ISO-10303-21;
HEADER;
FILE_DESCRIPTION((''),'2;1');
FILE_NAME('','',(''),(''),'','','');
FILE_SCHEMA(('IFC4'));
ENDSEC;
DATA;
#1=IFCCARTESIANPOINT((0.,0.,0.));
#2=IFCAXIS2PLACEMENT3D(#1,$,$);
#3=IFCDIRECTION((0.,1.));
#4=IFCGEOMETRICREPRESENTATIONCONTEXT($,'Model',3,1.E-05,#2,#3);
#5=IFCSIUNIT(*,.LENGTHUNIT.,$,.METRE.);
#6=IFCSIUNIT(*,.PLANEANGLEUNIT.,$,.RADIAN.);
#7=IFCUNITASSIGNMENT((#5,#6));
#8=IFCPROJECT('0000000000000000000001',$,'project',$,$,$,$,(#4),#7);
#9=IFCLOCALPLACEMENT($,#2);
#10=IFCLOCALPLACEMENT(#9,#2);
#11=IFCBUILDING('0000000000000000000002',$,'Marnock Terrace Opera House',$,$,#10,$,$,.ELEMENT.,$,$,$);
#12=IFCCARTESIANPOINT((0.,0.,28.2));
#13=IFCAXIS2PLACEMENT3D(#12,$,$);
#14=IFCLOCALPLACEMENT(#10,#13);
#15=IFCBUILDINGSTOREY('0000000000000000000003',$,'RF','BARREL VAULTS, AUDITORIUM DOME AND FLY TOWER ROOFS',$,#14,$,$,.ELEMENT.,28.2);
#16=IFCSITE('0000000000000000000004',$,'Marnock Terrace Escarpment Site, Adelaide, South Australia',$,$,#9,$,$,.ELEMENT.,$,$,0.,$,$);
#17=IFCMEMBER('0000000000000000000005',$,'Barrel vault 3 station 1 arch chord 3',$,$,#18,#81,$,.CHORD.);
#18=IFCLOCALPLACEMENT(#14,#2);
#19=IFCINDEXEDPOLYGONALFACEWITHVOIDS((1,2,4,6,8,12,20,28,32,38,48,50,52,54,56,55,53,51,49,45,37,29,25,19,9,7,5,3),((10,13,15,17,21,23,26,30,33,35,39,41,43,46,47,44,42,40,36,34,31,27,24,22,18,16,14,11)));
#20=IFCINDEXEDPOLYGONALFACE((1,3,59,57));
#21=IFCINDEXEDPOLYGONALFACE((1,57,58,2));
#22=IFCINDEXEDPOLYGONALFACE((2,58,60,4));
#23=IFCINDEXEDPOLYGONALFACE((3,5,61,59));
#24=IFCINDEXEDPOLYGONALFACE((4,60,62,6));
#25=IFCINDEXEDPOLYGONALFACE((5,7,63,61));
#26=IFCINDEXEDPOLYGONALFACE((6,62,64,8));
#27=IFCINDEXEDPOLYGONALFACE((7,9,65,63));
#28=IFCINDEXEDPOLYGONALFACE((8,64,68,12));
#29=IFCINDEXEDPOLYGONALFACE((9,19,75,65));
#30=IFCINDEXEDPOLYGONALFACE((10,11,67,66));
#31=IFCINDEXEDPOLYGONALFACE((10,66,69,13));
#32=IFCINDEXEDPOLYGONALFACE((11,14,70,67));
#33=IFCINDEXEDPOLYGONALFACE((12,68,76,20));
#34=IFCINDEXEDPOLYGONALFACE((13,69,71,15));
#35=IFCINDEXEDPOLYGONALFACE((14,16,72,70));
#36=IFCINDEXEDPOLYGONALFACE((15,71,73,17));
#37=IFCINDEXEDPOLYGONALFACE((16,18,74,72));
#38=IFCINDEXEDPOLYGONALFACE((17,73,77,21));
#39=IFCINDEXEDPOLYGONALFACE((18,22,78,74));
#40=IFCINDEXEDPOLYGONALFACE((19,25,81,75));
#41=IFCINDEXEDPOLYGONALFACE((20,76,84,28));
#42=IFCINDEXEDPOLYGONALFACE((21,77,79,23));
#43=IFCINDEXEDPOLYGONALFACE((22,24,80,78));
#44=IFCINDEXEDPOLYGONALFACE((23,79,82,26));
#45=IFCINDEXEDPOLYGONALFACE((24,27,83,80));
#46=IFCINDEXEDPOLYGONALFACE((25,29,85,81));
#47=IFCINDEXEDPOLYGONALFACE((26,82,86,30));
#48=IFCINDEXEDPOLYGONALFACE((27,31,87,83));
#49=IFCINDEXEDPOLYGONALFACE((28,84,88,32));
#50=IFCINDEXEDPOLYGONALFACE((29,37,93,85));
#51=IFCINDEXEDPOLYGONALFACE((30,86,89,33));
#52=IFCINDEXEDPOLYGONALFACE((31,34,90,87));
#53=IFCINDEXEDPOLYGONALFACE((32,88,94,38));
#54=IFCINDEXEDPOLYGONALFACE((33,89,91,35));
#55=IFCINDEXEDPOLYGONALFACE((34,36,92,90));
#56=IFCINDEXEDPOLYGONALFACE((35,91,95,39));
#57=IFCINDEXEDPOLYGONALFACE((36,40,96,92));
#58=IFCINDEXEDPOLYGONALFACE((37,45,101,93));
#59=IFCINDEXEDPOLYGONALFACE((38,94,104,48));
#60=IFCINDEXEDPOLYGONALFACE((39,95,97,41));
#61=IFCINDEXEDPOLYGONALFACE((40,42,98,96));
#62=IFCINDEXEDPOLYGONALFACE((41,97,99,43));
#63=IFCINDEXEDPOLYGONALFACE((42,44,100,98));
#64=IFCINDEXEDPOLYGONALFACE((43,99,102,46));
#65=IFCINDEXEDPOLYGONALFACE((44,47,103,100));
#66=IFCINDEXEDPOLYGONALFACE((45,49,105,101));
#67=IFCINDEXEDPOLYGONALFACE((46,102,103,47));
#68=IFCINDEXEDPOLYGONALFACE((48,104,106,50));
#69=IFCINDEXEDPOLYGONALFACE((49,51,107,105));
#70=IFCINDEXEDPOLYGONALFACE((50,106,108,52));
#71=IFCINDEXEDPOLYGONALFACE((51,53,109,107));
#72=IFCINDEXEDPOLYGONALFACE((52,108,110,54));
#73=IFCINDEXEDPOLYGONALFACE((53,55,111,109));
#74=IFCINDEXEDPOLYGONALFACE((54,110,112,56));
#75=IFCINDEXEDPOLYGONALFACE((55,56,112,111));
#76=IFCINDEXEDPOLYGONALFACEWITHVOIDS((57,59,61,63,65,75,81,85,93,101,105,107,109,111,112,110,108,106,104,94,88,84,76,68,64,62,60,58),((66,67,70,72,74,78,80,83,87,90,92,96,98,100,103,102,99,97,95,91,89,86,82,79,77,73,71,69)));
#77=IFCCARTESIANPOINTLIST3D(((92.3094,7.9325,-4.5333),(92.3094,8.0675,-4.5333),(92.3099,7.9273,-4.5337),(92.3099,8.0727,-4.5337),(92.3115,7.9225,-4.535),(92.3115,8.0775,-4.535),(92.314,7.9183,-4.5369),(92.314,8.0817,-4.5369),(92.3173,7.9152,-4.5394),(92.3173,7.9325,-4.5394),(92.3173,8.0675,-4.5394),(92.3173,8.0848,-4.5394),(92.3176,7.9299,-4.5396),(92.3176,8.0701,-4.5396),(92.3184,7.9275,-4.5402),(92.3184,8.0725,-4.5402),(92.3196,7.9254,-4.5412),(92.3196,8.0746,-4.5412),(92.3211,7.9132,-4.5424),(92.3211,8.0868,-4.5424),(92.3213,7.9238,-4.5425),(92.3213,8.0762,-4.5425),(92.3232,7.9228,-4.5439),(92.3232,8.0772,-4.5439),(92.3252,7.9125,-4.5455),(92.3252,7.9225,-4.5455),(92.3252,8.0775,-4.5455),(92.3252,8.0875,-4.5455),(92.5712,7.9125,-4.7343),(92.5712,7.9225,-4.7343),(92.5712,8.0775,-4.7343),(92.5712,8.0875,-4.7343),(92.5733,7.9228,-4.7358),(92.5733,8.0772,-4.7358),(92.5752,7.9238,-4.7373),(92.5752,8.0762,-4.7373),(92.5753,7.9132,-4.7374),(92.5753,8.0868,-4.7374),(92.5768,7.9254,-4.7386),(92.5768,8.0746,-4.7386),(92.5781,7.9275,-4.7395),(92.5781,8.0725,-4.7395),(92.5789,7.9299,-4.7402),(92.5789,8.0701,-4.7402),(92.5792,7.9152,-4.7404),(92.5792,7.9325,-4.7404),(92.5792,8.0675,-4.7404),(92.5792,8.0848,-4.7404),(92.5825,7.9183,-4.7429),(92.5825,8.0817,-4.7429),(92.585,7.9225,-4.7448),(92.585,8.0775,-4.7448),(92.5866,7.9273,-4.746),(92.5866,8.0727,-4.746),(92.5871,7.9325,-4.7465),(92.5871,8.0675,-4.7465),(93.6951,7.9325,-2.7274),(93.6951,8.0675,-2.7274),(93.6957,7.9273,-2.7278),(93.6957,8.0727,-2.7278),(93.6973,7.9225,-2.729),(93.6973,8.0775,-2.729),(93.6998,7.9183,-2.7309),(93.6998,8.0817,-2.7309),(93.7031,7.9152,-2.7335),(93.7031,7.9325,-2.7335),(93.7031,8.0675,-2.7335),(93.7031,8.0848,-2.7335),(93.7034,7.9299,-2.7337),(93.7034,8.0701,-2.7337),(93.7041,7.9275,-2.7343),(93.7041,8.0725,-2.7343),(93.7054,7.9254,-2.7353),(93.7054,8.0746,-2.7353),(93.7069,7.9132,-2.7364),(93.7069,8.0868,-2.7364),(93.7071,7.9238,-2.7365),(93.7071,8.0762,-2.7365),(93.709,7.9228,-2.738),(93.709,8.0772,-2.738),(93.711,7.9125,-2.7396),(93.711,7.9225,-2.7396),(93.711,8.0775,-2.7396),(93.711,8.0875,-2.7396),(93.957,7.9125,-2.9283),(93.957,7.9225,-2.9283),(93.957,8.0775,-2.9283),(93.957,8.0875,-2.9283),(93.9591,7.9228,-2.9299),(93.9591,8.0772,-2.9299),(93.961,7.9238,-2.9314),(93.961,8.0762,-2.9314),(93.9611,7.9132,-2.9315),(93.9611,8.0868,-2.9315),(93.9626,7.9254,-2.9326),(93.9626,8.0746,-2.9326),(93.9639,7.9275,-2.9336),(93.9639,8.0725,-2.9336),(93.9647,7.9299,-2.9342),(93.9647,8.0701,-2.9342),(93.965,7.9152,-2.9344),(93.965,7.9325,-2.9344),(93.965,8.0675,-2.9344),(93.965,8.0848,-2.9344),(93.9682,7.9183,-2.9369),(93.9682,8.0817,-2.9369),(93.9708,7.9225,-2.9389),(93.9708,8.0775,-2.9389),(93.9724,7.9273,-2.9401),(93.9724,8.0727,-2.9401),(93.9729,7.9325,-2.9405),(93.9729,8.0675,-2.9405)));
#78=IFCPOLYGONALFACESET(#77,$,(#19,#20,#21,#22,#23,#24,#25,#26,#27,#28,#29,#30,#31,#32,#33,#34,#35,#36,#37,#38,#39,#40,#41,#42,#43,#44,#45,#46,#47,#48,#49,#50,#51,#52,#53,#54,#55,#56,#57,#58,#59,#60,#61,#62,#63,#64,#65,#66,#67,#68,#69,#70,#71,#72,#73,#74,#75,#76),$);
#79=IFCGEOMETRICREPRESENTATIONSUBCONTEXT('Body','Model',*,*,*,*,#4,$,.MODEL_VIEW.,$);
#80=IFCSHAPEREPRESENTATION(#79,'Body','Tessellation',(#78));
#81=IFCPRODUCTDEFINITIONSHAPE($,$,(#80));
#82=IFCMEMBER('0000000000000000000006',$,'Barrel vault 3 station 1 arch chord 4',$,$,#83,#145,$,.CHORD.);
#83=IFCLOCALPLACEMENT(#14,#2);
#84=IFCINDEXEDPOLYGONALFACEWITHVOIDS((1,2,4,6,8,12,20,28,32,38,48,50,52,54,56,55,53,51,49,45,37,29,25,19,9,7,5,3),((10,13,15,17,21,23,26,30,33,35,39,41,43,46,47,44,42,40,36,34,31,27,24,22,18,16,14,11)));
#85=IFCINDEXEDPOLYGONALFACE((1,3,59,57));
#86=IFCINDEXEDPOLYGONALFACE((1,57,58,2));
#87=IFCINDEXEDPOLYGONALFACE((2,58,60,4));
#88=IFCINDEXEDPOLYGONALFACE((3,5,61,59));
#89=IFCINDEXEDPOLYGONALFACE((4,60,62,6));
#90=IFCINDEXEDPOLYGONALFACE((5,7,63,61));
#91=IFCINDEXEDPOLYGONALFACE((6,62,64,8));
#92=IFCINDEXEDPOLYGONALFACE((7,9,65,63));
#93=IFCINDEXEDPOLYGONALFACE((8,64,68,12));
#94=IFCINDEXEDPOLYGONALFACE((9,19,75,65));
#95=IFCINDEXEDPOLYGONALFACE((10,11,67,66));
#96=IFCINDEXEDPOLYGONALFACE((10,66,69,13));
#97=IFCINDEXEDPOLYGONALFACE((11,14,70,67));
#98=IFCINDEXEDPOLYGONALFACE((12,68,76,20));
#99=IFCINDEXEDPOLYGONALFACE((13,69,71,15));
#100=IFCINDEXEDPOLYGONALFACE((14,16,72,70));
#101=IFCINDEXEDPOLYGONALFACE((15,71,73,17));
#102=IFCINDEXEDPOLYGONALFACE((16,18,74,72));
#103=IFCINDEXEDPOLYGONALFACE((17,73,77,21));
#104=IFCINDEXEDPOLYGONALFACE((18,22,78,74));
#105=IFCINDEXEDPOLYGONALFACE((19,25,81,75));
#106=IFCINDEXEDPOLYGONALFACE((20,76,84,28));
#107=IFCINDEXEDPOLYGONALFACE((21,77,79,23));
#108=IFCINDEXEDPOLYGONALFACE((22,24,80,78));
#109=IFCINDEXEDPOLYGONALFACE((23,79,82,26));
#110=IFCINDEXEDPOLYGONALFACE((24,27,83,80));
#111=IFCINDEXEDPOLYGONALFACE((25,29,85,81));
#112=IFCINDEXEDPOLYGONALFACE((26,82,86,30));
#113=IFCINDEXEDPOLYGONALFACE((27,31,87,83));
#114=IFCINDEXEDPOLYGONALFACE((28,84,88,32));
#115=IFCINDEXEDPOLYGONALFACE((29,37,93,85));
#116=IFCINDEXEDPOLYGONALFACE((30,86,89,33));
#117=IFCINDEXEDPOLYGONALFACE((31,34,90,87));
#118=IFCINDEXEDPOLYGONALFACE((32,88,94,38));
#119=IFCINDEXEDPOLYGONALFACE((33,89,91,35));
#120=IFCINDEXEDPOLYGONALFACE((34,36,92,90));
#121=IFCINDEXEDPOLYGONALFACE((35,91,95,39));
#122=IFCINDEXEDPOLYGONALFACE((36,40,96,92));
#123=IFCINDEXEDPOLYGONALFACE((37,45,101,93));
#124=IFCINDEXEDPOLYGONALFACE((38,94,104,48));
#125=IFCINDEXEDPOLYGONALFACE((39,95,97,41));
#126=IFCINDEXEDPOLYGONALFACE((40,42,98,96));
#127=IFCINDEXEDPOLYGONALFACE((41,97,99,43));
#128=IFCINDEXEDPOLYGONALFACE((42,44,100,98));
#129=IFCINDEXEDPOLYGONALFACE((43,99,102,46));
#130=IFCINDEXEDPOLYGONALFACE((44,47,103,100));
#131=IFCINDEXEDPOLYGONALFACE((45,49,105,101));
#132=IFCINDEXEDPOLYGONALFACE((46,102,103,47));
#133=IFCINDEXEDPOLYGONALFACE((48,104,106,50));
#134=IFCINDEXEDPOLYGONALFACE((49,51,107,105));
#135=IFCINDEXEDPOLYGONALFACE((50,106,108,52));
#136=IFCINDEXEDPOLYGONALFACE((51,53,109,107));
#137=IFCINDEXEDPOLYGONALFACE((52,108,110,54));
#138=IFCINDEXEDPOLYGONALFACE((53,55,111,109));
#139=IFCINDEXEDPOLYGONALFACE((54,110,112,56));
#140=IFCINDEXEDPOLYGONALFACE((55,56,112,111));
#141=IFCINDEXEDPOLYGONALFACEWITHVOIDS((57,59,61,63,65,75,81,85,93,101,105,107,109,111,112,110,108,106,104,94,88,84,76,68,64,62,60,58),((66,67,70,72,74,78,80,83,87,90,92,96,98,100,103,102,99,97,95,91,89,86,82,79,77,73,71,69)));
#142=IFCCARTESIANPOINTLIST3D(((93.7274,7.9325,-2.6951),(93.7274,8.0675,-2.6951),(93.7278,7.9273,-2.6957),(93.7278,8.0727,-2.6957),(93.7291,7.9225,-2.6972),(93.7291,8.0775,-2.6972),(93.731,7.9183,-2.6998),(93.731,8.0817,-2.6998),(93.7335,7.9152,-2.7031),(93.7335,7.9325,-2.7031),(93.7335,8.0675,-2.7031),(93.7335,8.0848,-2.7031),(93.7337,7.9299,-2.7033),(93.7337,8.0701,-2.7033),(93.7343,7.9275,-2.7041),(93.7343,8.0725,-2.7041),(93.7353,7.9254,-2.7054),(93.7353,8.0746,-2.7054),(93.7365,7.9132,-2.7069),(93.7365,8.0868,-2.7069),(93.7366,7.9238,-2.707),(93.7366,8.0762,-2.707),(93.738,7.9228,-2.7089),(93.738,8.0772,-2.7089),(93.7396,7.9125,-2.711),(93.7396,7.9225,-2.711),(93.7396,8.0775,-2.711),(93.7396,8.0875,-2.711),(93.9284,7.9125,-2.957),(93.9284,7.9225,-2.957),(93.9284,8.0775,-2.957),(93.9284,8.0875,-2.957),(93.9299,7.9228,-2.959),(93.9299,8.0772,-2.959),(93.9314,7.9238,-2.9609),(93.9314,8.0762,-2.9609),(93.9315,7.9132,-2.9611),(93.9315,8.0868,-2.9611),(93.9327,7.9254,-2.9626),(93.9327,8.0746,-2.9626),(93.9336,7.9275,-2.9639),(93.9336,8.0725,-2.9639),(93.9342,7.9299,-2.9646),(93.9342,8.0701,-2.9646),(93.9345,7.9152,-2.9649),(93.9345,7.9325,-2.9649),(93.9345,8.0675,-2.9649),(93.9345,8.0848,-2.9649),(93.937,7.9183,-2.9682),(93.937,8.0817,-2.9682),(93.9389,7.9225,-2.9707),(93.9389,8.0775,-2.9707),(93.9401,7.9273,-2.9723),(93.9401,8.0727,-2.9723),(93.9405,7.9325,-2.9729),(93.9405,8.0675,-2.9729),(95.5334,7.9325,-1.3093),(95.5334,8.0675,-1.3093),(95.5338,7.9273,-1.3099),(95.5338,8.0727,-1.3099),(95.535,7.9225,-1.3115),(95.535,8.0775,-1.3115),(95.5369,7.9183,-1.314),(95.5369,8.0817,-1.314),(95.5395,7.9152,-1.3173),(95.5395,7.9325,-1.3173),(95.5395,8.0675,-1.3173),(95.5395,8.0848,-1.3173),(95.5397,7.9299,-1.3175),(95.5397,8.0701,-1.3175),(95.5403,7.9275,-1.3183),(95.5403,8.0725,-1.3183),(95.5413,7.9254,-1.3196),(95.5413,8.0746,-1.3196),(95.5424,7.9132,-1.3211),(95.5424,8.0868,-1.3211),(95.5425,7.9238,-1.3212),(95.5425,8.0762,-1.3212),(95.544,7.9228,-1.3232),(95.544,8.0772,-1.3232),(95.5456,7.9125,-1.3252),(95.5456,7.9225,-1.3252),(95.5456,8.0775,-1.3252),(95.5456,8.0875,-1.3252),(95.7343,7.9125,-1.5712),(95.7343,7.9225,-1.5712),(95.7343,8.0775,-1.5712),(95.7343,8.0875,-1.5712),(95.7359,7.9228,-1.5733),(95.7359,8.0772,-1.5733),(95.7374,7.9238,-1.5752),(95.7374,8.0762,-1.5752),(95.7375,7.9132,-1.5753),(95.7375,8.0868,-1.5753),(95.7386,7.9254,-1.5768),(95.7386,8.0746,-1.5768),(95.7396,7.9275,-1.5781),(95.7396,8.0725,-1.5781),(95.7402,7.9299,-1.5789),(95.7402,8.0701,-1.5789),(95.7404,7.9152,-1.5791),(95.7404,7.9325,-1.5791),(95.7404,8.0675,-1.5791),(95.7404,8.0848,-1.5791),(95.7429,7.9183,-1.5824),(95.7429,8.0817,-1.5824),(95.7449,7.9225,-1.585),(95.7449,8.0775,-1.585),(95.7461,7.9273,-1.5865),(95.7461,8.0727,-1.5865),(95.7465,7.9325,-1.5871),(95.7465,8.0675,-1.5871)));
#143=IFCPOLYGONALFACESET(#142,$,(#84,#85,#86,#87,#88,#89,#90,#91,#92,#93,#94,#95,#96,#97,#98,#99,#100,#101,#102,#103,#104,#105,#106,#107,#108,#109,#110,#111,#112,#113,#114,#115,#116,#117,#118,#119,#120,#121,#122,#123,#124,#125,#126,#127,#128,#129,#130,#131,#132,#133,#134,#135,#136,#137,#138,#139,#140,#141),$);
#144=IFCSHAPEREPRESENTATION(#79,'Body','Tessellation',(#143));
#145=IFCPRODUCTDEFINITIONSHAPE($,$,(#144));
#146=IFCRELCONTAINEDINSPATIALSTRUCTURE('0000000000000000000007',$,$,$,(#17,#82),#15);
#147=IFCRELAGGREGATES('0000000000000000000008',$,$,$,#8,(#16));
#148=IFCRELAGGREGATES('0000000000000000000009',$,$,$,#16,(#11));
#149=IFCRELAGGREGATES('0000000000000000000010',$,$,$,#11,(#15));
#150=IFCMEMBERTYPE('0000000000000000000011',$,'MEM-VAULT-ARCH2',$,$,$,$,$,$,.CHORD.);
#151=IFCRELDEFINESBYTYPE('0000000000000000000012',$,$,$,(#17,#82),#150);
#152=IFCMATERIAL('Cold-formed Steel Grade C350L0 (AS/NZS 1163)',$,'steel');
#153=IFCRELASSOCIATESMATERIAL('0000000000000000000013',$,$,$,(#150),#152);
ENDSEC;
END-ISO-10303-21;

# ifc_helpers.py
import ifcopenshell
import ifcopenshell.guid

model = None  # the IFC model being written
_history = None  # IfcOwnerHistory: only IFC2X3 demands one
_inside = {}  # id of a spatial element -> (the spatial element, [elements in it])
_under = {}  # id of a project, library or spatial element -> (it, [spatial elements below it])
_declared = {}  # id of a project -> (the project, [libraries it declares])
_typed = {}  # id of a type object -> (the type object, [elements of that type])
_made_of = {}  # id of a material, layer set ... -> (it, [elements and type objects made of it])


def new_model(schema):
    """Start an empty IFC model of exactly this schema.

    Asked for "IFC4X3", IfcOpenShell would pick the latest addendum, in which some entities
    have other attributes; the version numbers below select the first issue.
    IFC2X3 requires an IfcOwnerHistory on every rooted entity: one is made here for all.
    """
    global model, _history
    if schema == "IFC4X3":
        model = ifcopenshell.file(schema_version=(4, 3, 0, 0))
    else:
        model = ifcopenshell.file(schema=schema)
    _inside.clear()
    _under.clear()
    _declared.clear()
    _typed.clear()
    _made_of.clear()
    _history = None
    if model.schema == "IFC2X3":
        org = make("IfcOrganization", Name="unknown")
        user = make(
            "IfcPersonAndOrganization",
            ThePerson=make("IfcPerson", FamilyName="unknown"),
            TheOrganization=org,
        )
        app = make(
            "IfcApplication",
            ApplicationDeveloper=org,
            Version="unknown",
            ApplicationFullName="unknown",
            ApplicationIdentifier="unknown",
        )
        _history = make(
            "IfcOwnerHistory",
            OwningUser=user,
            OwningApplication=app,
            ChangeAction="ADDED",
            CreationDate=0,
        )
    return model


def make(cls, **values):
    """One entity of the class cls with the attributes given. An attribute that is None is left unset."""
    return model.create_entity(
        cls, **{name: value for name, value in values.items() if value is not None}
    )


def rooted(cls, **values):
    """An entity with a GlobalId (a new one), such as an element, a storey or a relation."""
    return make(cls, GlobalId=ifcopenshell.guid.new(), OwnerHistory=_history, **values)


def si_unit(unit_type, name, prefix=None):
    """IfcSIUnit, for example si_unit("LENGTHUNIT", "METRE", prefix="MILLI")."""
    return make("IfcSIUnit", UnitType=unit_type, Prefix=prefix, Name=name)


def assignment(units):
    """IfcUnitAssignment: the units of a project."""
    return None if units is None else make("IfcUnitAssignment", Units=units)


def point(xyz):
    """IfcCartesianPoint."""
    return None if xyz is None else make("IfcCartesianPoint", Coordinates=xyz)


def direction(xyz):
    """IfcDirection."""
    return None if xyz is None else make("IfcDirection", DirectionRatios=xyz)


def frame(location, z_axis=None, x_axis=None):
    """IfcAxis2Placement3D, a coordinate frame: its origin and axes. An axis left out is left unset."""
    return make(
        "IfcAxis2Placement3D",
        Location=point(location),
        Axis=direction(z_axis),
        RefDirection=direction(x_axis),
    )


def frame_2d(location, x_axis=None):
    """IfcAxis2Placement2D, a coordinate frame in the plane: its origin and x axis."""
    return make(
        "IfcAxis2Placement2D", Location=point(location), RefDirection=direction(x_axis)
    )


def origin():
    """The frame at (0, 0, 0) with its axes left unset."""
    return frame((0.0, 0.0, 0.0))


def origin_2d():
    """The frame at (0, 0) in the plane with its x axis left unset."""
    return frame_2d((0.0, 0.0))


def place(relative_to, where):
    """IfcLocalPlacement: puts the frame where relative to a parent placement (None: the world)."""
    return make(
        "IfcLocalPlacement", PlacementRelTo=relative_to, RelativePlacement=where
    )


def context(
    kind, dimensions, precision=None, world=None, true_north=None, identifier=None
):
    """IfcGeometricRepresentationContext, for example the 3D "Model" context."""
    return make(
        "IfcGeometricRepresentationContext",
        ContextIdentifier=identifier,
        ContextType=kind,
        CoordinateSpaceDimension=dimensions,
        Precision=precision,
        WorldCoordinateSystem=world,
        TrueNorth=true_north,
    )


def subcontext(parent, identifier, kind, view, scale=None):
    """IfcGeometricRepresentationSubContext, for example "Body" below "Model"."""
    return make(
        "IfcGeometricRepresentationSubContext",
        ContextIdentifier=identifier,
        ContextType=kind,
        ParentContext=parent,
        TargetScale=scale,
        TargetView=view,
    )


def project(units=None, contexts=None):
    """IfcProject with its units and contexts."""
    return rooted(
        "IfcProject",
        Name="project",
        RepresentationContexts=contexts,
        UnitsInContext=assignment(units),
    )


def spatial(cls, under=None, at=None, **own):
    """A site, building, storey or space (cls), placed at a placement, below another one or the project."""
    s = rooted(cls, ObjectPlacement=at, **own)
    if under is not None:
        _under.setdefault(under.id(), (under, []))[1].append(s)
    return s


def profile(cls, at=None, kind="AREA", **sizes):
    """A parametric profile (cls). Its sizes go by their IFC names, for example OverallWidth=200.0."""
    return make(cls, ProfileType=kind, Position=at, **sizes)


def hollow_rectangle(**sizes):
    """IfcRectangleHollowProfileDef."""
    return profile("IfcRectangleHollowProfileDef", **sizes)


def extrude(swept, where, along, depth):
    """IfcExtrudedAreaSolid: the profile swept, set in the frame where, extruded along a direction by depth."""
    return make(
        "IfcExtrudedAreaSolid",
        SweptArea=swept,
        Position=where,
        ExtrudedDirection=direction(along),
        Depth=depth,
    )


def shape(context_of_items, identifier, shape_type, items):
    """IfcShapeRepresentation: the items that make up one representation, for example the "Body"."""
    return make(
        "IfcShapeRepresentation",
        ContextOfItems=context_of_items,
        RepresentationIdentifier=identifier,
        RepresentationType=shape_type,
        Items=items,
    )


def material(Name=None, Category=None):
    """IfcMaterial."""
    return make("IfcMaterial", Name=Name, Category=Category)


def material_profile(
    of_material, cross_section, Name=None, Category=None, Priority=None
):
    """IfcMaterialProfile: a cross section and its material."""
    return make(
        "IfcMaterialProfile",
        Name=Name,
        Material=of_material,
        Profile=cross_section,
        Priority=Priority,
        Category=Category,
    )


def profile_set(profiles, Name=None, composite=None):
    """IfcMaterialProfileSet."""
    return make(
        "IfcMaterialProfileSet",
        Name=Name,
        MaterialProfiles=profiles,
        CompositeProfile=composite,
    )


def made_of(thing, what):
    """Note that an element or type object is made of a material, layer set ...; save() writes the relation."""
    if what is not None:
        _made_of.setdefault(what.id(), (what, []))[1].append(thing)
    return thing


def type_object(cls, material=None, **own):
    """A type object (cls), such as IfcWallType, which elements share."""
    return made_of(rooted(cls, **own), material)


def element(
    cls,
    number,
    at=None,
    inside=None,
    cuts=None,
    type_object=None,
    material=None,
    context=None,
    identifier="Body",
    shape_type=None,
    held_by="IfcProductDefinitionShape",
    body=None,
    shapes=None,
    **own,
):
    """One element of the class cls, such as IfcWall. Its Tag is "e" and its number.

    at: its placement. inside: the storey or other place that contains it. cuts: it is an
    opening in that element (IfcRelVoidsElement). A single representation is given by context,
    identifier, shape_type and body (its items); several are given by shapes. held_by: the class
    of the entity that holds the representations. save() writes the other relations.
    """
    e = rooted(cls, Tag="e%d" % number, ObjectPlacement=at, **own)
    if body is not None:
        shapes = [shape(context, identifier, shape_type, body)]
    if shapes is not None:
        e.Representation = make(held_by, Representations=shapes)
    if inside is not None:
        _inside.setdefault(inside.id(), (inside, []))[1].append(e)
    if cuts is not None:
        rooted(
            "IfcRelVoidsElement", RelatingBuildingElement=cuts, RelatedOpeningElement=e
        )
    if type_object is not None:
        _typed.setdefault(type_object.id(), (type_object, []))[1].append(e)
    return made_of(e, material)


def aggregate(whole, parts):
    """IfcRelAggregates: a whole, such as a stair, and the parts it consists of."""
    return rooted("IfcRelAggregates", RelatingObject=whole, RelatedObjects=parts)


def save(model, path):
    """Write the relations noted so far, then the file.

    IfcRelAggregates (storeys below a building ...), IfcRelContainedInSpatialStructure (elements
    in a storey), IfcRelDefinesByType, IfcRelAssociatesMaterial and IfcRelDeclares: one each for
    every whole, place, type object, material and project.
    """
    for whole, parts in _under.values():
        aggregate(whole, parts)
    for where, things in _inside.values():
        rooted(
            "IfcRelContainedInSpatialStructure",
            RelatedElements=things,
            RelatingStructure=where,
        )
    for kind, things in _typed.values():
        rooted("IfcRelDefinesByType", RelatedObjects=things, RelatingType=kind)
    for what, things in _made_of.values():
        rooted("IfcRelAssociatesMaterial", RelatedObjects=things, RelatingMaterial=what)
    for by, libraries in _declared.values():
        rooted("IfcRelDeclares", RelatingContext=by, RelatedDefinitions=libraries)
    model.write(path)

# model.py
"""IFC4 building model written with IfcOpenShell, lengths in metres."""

from ifc_helpers import new_model, si_unit, direction, frame, origin, origin_2d, place, context, subcontext, project, spatial, hollow_rectangle, extrude, material, material_profile, profile_set, type_object, element, save


model = new_model("IFC4")

# Units and contexts
model_context = context("Model", 3, precision=1e-05, world=origin(), true_north=direction((0.0, 1.0)))
body_context = subcontext(model_context, "Body", "Model", "MODEL_VIEW")
ifc_project = project(units=[si_unit("LENGTHUNIT", "METRE"), si_unit("PLANEANGLEUNIT", "RADIAN")], contexts=[model_context])

# Site, building, storey
site_placement = place(None, origin())
site = spatial("IfcSite", under=ifc_project, at=site_placement, Name="Marnock Terrace Escarpment Site, Adelaide, South Australia", CompositionType="ELEMENT", RefElevation=0.0)
building_placement = place(site_placement, origin())
building = spatial("IfcBuilding", under=site, at=building_placement, Name="Marnock Terrace Opera House", CompositionType="ELEMENT")
storey_placement = place(building_placement, frame((0.0, 0.0, 28.2)))
storey = spatial("IfcBuildingStorey", under=building, at=storey_placement, Name="RF", Description="BARREL VAULTS, AUDITORIUM DOME AND FLY TOWER ROOFS", CompositionType="ELEMENT", Elevation=28.2)

# Members
ifc_material_1 = material(Name="Cold-formed Steel Grade C350L0 (AS/NZS 1163)", Category="steel")
ifc_material_profile_1 = material_profile(ifc_material_1, hollow_rectangle(XDim=0.175, YDim=0.3501, WallThickness=0.01, InnerFilletRadius=0.01, OuterFilletRadius=0.02, at=origin_2d()))
ifc_profile_set_1 = profile_set([ifc_material_profile_1], Name="Cold-formed Steel Grade C350L0 (AS/NZS 1163)")
member_type_1 = type_object("IfcMemberType", Name="MEM-VAULT-ARCH2", PredefinedType="CHORD", material=ifc_profile_set_1)
for number, where, z_axis, x_axis, name in (
    (1, (92.4482, 8.0, -4.6399), (0.608767, 0.0, 0.793349), (0.0, 1.0, 0.0), "Barrel vault 3 station 1 arch chord 3"),
    (2, (93.834, 8.0, -2.834), (0.793349, 0.0, 0.608767), (0.0, 1.0, 0.0), "Barrel vault 3 station 1 arch chord 4"),
):
    element("IfcMember", number, at=place(storey_placement, frame(where, z_axis=z_axis, x_axis=x_axis)), inside=storey, type_object=member_type_1, Name=name, PredefinedType="CHORD", context=body_context, shape_type="SweptSolid", body=[
        extrude(hollow_rectangle(XDim=0.175, YDim=0.3501, WallThickness=0.01, InnerFilletRadius=0.01, OuterFilletRadius=0.02, at=origin_2d()), origin(), (0.0, 0.0, 1.0), 2.2764),
    ])

save(model, "model.ifc")
